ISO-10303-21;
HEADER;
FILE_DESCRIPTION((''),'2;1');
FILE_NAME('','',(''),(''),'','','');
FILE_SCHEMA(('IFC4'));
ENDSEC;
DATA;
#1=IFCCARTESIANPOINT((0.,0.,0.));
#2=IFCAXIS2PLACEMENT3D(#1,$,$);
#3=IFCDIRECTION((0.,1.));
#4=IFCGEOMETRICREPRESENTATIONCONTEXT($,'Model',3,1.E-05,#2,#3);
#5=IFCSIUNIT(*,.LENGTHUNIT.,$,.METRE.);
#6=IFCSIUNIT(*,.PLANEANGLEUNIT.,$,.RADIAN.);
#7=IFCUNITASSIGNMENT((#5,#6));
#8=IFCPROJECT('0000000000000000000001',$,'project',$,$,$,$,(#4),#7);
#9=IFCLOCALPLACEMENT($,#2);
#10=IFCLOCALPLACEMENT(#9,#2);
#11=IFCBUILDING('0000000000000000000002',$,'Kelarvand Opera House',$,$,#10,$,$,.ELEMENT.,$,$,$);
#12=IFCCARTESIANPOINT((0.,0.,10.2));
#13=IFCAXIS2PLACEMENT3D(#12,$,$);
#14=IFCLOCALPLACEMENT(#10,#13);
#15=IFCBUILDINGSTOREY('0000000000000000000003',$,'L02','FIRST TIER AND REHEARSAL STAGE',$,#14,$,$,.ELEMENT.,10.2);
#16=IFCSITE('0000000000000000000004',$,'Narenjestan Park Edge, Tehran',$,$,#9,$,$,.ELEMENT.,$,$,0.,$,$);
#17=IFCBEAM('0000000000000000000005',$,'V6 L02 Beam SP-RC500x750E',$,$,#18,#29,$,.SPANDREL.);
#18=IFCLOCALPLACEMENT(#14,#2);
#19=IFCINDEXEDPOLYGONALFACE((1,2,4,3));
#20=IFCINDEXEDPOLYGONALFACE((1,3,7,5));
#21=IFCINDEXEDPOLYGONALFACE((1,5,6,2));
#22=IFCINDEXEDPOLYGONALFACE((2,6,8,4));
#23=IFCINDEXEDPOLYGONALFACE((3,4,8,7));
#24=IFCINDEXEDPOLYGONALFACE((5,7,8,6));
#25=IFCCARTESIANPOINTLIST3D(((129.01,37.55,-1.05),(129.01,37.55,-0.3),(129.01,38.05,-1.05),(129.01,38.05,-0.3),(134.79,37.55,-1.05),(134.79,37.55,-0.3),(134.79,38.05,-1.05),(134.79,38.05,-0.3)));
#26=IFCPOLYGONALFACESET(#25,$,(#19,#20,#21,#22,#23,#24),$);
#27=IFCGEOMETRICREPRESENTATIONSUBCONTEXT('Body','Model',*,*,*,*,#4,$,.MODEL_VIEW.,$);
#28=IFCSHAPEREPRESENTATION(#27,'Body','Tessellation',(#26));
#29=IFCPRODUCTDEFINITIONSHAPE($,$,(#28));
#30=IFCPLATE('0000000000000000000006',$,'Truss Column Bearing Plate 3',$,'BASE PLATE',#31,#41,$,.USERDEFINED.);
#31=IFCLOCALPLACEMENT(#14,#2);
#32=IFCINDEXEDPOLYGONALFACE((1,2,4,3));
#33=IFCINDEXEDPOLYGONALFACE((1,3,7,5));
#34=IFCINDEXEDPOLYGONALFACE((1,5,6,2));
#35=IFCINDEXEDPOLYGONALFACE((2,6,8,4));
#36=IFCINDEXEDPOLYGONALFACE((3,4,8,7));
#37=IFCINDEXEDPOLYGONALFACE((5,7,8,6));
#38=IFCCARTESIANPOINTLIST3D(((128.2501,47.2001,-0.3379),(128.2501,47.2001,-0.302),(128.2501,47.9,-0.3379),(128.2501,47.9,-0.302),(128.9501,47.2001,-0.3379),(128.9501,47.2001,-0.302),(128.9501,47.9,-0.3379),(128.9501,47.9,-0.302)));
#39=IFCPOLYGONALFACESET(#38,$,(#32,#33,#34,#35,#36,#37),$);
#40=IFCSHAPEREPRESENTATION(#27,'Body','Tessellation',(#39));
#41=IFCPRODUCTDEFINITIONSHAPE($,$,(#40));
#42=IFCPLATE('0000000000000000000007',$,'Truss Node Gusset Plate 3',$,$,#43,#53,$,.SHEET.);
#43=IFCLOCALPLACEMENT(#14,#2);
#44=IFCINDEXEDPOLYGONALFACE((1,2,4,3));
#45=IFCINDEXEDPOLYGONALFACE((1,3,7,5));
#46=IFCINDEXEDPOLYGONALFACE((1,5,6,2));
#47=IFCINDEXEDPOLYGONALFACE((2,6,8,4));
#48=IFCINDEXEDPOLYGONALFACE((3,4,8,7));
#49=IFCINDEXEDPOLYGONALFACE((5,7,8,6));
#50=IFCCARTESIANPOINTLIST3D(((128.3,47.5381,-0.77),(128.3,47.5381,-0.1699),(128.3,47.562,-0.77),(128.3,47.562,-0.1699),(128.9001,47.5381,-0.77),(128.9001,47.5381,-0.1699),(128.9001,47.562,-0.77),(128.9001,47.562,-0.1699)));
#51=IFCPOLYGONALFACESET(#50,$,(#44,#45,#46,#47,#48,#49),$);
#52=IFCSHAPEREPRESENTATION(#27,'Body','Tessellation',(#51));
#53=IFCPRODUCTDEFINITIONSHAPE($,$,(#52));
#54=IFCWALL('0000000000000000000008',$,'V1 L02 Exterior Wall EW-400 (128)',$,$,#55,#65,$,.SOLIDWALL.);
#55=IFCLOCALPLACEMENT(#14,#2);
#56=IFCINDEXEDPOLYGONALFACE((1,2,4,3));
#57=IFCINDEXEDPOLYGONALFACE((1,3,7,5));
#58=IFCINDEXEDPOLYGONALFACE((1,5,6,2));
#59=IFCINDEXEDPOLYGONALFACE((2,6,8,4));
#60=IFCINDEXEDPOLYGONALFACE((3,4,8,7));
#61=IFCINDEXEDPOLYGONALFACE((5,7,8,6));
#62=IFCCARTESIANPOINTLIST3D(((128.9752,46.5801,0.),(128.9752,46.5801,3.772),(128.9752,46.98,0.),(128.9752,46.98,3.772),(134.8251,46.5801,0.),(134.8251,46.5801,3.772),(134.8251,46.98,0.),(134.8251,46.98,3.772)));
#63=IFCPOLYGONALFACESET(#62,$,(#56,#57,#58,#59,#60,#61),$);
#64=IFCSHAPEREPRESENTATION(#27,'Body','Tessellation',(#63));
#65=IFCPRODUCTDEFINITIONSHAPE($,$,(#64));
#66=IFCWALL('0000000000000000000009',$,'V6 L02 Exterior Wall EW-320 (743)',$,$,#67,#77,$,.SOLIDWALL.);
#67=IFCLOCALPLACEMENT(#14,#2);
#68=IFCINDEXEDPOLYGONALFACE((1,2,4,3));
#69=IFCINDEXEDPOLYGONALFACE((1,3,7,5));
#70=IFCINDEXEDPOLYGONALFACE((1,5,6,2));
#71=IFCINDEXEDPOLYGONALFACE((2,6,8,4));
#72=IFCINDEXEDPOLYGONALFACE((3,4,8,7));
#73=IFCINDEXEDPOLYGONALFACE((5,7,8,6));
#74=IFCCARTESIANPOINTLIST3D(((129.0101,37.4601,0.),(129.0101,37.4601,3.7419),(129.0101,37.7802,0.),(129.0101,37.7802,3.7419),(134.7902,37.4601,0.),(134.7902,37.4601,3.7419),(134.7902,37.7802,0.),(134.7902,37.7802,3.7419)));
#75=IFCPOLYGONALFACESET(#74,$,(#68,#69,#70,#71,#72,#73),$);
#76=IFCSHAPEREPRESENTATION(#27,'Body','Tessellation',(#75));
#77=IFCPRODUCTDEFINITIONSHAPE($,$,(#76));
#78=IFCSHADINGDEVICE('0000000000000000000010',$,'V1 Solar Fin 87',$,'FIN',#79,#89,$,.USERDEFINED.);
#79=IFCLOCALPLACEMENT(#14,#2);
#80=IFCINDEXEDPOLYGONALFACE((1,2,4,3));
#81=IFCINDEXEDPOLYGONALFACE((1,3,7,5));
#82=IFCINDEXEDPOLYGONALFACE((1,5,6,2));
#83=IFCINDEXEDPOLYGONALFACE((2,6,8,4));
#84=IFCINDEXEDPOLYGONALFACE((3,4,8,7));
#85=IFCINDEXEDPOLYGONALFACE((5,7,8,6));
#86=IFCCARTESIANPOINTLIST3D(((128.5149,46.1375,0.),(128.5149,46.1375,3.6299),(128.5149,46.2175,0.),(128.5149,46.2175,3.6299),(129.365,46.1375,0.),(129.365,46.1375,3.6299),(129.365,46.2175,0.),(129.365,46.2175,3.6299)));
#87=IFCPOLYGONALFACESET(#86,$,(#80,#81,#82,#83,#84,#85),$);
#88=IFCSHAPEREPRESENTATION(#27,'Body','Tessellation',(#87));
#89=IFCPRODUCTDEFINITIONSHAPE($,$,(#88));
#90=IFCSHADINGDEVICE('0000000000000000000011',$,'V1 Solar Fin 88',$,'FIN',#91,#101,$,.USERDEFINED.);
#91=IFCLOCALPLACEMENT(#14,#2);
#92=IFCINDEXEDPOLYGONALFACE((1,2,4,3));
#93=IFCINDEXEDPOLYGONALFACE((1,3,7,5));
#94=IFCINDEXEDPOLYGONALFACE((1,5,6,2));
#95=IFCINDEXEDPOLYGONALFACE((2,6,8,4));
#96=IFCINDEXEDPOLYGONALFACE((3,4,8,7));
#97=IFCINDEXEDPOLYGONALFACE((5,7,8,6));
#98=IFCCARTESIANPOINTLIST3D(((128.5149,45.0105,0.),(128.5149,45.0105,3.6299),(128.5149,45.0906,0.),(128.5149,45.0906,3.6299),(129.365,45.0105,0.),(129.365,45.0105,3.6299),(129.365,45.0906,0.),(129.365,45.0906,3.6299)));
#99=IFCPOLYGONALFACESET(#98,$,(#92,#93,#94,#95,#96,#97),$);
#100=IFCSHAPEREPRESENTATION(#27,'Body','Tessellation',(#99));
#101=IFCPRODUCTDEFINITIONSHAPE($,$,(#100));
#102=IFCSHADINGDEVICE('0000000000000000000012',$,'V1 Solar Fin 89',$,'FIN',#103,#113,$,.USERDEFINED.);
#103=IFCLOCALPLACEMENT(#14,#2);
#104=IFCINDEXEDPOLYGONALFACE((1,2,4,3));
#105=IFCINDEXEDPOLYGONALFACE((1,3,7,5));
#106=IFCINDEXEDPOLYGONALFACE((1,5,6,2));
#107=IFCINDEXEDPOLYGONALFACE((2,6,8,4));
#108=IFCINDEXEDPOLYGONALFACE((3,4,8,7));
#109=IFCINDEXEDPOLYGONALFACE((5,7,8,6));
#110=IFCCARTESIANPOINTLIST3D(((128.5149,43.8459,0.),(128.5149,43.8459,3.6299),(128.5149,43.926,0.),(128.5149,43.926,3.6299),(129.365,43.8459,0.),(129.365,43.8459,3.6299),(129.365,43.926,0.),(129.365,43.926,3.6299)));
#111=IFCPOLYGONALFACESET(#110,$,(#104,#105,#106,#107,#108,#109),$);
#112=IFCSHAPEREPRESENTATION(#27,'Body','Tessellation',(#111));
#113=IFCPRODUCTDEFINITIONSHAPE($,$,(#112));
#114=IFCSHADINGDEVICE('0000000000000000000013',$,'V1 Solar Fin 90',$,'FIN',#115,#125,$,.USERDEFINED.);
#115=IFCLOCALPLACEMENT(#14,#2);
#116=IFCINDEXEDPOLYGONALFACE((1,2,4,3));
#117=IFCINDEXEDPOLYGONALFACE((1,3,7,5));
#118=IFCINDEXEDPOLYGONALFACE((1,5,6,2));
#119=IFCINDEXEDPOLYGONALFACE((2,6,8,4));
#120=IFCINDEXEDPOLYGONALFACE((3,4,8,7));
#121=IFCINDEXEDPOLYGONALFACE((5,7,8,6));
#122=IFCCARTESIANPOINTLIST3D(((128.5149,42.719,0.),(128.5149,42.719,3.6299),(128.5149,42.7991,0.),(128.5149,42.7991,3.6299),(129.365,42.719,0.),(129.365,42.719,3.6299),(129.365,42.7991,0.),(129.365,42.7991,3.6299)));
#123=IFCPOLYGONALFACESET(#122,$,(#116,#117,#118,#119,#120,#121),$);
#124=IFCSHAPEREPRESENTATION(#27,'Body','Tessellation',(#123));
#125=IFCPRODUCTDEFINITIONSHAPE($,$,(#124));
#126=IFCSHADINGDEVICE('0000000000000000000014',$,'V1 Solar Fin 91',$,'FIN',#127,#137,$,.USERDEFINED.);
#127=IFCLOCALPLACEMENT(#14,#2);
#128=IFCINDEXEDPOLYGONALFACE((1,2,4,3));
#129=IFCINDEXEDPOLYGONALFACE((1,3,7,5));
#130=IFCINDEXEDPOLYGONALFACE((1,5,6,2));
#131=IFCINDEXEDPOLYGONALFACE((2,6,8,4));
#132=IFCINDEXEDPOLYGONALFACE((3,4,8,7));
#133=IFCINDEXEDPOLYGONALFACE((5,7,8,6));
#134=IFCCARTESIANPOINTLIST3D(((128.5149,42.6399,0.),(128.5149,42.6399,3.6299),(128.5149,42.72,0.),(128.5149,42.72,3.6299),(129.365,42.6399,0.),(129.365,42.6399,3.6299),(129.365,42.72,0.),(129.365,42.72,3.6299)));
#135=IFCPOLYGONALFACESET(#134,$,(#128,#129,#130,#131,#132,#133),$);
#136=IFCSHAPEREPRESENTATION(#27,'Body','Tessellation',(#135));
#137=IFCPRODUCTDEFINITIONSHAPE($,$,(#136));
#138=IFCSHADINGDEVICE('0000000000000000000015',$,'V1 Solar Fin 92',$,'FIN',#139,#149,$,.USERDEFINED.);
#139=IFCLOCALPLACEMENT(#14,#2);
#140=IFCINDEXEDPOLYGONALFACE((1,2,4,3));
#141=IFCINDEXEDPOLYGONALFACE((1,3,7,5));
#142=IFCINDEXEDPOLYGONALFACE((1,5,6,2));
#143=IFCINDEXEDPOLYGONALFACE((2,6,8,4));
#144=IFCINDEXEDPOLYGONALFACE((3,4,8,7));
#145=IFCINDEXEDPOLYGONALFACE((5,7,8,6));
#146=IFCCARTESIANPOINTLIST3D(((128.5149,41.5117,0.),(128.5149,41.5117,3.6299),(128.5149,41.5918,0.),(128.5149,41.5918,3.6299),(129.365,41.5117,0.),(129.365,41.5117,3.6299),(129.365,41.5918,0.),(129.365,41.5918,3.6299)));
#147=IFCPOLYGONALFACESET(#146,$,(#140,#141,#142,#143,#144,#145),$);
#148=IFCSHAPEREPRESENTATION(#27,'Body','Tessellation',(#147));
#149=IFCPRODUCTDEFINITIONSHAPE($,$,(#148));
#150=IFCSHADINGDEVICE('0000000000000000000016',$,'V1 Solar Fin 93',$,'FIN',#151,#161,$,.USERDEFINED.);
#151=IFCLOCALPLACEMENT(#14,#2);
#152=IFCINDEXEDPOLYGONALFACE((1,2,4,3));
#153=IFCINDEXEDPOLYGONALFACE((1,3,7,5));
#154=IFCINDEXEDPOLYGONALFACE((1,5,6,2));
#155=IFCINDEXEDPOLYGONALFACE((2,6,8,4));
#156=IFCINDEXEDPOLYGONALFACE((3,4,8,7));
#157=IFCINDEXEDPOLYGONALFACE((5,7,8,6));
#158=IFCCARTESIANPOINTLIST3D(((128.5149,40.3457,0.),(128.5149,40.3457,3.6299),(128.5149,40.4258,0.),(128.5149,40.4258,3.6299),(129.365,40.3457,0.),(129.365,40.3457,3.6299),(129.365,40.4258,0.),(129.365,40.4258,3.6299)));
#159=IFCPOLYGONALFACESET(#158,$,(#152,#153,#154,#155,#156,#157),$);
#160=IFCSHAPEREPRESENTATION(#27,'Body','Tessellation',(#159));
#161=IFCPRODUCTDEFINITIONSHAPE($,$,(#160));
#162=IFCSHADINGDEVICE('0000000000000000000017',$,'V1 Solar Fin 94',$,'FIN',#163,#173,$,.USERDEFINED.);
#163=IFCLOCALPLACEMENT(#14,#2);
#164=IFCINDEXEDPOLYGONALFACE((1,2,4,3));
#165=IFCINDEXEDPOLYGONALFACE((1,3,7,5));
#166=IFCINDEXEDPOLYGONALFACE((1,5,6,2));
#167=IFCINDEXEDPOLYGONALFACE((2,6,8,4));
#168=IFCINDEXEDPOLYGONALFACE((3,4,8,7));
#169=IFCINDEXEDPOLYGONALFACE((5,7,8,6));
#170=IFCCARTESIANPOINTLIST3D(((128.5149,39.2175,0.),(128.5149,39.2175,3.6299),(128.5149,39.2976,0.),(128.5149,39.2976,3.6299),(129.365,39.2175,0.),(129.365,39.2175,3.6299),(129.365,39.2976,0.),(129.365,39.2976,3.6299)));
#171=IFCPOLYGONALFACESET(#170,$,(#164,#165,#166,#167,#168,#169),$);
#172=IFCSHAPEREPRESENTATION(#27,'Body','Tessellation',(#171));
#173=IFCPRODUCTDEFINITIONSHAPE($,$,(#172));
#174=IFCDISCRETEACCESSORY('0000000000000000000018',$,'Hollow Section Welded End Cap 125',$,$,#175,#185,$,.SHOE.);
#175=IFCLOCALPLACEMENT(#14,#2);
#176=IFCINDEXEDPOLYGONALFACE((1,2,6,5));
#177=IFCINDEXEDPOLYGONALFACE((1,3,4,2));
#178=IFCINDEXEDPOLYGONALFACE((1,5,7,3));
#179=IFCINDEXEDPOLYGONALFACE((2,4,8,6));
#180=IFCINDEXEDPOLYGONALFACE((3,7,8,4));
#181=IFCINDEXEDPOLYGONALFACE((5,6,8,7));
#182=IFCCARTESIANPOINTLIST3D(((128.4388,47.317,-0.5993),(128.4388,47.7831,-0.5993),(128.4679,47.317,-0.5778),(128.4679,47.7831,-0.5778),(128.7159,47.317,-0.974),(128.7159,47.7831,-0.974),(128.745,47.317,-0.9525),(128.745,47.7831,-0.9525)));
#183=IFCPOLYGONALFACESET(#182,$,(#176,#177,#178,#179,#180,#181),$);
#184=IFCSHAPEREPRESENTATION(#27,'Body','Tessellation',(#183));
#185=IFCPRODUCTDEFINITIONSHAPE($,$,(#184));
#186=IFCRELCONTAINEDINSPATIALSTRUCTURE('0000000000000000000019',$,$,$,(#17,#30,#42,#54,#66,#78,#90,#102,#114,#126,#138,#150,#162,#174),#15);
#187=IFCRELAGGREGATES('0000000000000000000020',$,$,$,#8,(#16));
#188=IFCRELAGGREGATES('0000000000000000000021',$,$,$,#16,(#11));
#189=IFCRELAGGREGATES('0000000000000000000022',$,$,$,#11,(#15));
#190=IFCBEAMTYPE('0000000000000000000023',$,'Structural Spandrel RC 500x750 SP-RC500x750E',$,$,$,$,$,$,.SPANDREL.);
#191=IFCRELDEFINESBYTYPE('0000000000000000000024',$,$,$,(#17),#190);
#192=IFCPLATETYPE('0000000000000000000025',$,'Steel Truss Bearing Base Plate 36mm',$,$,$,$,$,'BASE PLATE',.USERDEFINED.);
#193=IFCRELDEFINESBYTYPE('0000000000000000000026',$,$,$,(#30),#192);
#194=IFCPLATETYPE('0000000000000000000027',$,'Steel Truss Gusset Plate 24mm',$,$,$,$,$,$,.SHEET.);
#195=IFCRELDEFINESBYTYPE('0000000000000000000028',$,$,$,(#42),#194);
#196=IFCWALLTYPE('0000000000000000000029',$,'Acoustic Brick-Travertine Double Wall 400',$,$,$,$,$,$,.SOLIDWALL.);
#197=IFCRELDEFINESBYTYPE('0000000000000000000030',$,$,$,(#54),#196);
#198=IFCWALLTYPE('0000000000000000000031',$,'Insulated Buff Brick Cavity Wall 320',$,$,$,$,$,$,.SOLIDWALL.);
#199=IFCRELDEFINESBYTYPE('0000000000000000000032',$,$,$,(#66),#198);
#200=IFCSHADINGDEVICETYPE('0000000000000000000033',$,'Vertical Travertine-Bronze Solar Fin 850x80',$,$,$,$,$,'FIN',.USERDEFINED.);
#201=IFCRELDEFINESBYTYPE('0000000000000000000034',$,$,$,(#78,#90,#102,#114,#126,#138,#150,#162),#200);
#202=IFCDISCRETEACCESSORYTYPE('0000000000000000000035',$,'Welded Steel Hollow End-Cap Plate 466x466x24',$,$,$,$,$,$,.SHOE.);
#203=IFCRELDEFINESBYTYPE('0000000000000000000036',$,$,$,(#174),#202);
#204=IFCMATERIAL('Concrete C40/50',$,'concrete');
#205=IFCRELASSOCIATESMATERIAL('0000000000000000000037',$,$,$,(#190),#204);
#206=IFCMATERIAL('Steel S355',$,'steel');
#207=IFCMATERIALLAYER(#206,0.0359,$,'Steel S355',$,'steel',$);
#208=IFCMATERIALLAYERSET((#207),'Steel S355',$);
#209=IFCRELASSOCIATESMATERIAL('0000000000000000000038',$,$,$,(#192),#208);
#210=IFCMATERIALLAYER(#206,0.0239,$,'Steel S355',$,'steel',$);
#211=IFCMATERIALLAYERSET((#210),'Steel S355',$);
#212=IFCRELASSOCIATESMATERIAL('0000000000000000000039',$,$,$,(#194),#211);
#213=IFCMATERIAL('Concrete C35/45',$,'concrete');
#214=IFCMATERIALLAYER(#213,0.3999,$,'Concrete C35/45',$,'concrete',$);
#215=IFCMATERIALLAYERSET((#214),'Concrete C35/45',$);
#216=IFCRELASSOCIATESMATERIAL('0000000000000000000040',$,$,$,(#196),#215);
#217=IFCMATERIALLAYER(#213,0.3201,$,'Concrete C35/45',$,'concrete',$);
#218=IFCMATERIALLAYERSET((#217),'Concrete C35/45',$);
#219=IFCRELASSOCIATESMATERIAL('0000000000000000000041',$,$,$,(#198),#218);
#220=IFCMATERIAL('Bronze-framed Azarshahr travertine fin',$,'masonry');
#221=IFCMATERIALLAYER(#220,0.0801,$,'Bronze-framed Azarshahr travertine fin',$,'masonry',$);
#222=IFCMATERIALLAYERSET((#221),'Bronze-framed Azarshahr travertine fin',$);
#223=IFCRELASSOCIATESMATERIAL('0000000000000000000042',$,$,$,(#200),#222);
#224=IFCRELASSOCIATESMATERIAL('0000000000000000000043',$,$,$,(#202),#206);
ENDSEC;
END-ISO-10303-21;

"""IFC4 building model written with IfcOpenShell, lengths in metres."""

from ifc_helpers import new_model, si_unit, direction, frame, frame_2d, origin, origin_2d, place, context, subcontext, project, spatial, rectangle, extrude, material, layer, layer_set, material_profile, profile_set, type_object, element, save


model = new_model("IFC4")

# Units and contexts
model_context = context("Model", 3, precision=1e-05, world=origin(), true_north=direction((0.0, 1.0)))
body_context = subcontext(model_context, "Body", "Model", "MODEL_VIEW")
ifc_project = project(units=[si_unit("LENGTHUNIT", "METRE"), si_unit("PLANEANGLEUNIT", "RADIAN")], contexts=[model_context])

# Site, building, storey
site_placement = place(None, origin())
site = spatial("IfcSite", under=ifc_project, at=site_placement, Name="Narenjestan Park Edge, Tehran", CompositionType="ELEMENT", RefElevation=0.0)
building_placement = place(site_placement, origin())
building = spatial("IfcBuilding", under=site, at=building_placement, Name="Kelarvand Opera House", CompositionType="ELEMENT")
storey_placement = place(building_placement, frame((0.0, 0.0, 10.2)))
storey = spatial("IfcBuildingStorey", under=building, at=storey_placement, Name="L02", Description="FIRST TIER AND REHEARSAL STAGE", CompositionType="ELEMENT", Elevation=10.2)

# Shared definitions
ifc_material_1 = material(Name="Concrete C40/50", Category="concrete")

# Shared definitions
ifc_material_2 = material(Name="Steel S355", Category="steel")

# Beam
ifc_material_profile_1 = material_profile(ifc_material_1, rectangle(XDim=0.5, YDim=0.75, at=origin_2d()), Name="RC 500x750", Category="concrete")
ifc_profile_set_1 = profile_set([ifc_material_profile_1], Name="Concrete C40/50")
beam_type_1 = type_object("IfcBeamType", Name="Structural Spandrel RC 500x750 SP-RC500x750E", PredefinedType="SPANDREL", material=ifc_profile_set_1)
beam_1_placement = place(storey_placement, frame((129.01, 37.8, -0.675), z_axis=(1.0, 0.0, 0.0), x_axis=(0.0, 1.0, 0.0)))
element("IfcBeam", 1, at=beam_1_placement, inside=storey, type_object=beam_type_1, Name="V6 L02 Beam SP-RC500x750E", PredefinedType="SPANDREL", context=body_context, shape_type="SweptSolid", body=[
    extrude(rectangle(XDim=0.5, YDim=0.75, at=origin_2d()), origin(), (0.0, 0.0, 1.0), 5.78),
])

# Plates
ifc_layer_1 = layer(ifc_material_2, 0.0359, Name="Steel S355", Category="steel")
ifc_layer_set_1 = layer_set([ifc_layer_1], Name="Steel S355")
plate_type_1 = type_object("IfcPlateType", Name="Steel Truss Bearing Base Plate 36mm", ElementType="BASE PLATE", PredefinedType="USERDEFINED", material=ifc_layer_set_1)
plate_1_placement = place(storey_placement, frame((128.6001, 47.55, -0.3379), z_axis=(0.0, 0.0, 1.0), x_axis=(1.0, 0.0, 0.0)))
element("IfcPlate", 2, at=plate_1_placement, inside=storey, type_object=plate_type_1, Name="Truss Column Bearing Plate 3", ObjectType="BASE PLATE", PredefinedType="USERDEFINED", context=body_context, shape_type="SweptSolid", body=[
    extrude(rectangle(XDim=0.7, YDim=0.7, at=origin_2d()), origin(), (0.0, 0.0, 1.0), 0.0359),
])
ifc_layer_2 = layer(ifc_material_2, 0.0239, Name="Steel S355", Category="steel")
ifc_layer_set_2 = layer_set([ifc_layer_2], Name="Steel S355")
plate_type_2 = type_object("IfcPlateType", Name="Steel Truss Gusset Plate 24mm", PredefinedType="SHEET", material=ifc_layer_set_2)
plate_2_placement = place(storey_placement, frame((128.6001, 47.55, -0.77), z_axis=(0.0, 0.0, 1.0), x_axis=(1.0, 0.0, 0.0)))
element("IfcPlate", 3, at=plate_2_placement, inside=storey, type_object=plate_type_2, Name="Truss Node Gusset Plate 3", PredefinedType="SHEET", context=body_context, shape_type="SweptSolid", body=[
    extrude(rectangle(XDim=0.6001, YDim=0.0239, at=origin_2d()), origin(), (0.0, 0.0, 1.0), 0.6001),
])

# Walls
ifc_material_3 = material(Name="Concrete C35/45", Category="concrete")
ifc_layer_3 = layer(ifc_material_3, 0.3999, Name="Concrete C35/45", Category="concrete")
ifc_layer_set_3 = layer_set([ifc_layer_3], Name="Concrete C35/45")
wall_type_1 = type_object("IfcWallType", Name="Acoustic Brick-Travertine Double Wall 400", PredefinedType="SOLIDWALL", material=ifc_layer_set_3)
wall_1_placement = place(storey_placement, frame((134.825, 46.78, 0.0), z_axis=(0.0, 0.0, 1.0), x_axis=(-1.0, 0.0, 0.0)))
element("IfcWall", 4, at=wall_1_placement, inside=storey, type_object=wall_type_1, Name="V1 L02 Exterior Wall EW-400 (128)", PredefinedType="SOLIDWALL", context=body_context, shape_type="SweptSolid", body=[
    extrude(rectangle(XDim=5.8499, YDim=0.3999, at=frame_2d((2.9248, 0.0))), origin(), (0.0, 0.0, 1.0), 3.772),
])
ifc_layer_4 = layer(ifc_material_3, 0.3201, Name="Concrete C35/45", Category="concrete")
ifc_layer_set_4 = layer_set([ifc_layer_4], Name="Concrete C35/45")
wall_type_2 = type_object("IfcWallType", Name="Insulated Buff Brick Cavity Wall 320", PredefinedType="SOLIDWALL", material=ifc_layer_set_4)
wall_2_placement = place(storey_placement, frame((129.01, 37.6201, 0.0), z_axis=(0.0, 0.0, 1.0), x_axis=(1.0, 0.0, 0.0)))
element("IfcWall", 5, at=wall_2_placement, inside=storey, type_object=wall_type_2, Name="V6 L02 Exterior Wall EW-320 (743)", PredefinedType="SOLIDWALL", context=body_context, shape_type="SweptSolid", body=[
    extrude(rectangle(XDim=5.78, YDim=0.3201, at=frame_2d((2.8901, 0.0))), origin(), (0.0, 0.0, 1.0), 3.7419),
])

# Shading devices
ifc_material_4 = material(Name="Bronze-framed Azarshahr travertine fin", Category="masonry")
ifc_layer_5 = layer(ifc_material_4, 0.0801, Name="Bronze-framed Azarshahr travertine fin", Category="masonry")
ifc_layer_set_5 = layer_set([ifc_layer_5], Name="Bronze-framed Azarshahr travertine fin")
shading_device_type = type_object("IfcShadingDeviceType", Name="Vertical Travertine-Bronze Solar Fin 850x80", ElementType="FIN", PredefinedType="USERDEFINED", material=ifc_layer_set_5)
for number, where, z_axis, x_axis, name in (
    (6, (128.9399, 46.1775, 0.0), (0.0, 0.0, 1.0), (1.0, 0.0, 0.0), "V1 Solar Fin 87"),
    (7, (128.9399, 45.0505, 0.0), (0.0, 0.0, 1.0), (1.0, 0.0, 0.0), "V1 Solar Fin 88"),
    (8, (128.9399, 43.886, 0.0), (0.0, 0.0, 1.0), (1.0, 0.0, 0.0), "V1 Solar Fin 89"),
    (9, (128.9399, 42.759, 0.0), (0.0, 0.0, 1.0), (1.0, 0.0, 0.0), "V1 Solar Fin 90"),
    (10, (128.9399, 42.6799, 0.0), (0.0, 0.0, 1.0), (1.0, 0.0, 0.0), "V1 Solar Fin 91"),
    (11, (128.9399, 41.5518, 0.0), (0.0, 0.0, 1.0), (1.0, 0.0, 0.0), "V1 Solar Fin 92"),
    (12, (128.9399, 40.3857, 0.0), (0.0, 0.0, 1.0), (1.0, 0.0, 0.0), "V1 Solar Fin 93"),
    (13, (128.9399, 39.2576, 0.0), (0.0, 0.0, 1.0), (1.0, 0.0, 0.0), "V1 Solar Fin 94"),
):
    element("IfcShadingDevice", number, at=place(storey_placement, frame(where, z_axis=z_axis, x_axis=x_axis)), inside=storey, type_object=shading_device_type, Name=name, ObjectType="FIN", PredefinedType="USERDEFINED", context=body_context, shape_type="SweptSolid", body=[
        extrude(rectangle(XDim=0.8501, YDim=0.0801, at=origin_2d()), origin(), (0.0, 0.0, 1.0), 3.6299),
    ])

# Discrete accessory
ifc_material_profile_2 = material_profile(ifc_material_2, rectangle(XDim=0.4661, YDim=0.4661, at=origin_2d()), Name="Welded Steel Hollow End-Cap Plate 466x466x24", Category="steel")
ifc_profile_set_2 = profile_set([ifc_material_profile_2], Name="Steel S355")
discrete_accessory_type = type_object("IfcDiscreteAccessoryType", Name="Welded Steel Hollow End-Cap Plate 466x466x24", PredefinedType="SHOE", material=ifc_profile_set_2)
discrete_accessory_placement = place(storey_placement, frame((128.6064, 47.55, -0.7651), z_axis=(-0.804036, 0.0, -0.594581), x_axis=(0.0, -1.0, 0.0)))
element("IfcDiscreteAccessory", 14, at=discrete_accessory_placement, inside=storey, type_object=discrete_accessory_type, Name="Hollow Section Welded End Cap 125", PredefinedType="SHOE", context=body_context, shape_type="SweptSolid", body=[
    extrude(rectangle(XDim=0.4661, YDim=0.4661, at=origin_2d()), origin(), (0.0, 0.0, 1.0), 0.0361),
])

save(model, "model.ifc")
